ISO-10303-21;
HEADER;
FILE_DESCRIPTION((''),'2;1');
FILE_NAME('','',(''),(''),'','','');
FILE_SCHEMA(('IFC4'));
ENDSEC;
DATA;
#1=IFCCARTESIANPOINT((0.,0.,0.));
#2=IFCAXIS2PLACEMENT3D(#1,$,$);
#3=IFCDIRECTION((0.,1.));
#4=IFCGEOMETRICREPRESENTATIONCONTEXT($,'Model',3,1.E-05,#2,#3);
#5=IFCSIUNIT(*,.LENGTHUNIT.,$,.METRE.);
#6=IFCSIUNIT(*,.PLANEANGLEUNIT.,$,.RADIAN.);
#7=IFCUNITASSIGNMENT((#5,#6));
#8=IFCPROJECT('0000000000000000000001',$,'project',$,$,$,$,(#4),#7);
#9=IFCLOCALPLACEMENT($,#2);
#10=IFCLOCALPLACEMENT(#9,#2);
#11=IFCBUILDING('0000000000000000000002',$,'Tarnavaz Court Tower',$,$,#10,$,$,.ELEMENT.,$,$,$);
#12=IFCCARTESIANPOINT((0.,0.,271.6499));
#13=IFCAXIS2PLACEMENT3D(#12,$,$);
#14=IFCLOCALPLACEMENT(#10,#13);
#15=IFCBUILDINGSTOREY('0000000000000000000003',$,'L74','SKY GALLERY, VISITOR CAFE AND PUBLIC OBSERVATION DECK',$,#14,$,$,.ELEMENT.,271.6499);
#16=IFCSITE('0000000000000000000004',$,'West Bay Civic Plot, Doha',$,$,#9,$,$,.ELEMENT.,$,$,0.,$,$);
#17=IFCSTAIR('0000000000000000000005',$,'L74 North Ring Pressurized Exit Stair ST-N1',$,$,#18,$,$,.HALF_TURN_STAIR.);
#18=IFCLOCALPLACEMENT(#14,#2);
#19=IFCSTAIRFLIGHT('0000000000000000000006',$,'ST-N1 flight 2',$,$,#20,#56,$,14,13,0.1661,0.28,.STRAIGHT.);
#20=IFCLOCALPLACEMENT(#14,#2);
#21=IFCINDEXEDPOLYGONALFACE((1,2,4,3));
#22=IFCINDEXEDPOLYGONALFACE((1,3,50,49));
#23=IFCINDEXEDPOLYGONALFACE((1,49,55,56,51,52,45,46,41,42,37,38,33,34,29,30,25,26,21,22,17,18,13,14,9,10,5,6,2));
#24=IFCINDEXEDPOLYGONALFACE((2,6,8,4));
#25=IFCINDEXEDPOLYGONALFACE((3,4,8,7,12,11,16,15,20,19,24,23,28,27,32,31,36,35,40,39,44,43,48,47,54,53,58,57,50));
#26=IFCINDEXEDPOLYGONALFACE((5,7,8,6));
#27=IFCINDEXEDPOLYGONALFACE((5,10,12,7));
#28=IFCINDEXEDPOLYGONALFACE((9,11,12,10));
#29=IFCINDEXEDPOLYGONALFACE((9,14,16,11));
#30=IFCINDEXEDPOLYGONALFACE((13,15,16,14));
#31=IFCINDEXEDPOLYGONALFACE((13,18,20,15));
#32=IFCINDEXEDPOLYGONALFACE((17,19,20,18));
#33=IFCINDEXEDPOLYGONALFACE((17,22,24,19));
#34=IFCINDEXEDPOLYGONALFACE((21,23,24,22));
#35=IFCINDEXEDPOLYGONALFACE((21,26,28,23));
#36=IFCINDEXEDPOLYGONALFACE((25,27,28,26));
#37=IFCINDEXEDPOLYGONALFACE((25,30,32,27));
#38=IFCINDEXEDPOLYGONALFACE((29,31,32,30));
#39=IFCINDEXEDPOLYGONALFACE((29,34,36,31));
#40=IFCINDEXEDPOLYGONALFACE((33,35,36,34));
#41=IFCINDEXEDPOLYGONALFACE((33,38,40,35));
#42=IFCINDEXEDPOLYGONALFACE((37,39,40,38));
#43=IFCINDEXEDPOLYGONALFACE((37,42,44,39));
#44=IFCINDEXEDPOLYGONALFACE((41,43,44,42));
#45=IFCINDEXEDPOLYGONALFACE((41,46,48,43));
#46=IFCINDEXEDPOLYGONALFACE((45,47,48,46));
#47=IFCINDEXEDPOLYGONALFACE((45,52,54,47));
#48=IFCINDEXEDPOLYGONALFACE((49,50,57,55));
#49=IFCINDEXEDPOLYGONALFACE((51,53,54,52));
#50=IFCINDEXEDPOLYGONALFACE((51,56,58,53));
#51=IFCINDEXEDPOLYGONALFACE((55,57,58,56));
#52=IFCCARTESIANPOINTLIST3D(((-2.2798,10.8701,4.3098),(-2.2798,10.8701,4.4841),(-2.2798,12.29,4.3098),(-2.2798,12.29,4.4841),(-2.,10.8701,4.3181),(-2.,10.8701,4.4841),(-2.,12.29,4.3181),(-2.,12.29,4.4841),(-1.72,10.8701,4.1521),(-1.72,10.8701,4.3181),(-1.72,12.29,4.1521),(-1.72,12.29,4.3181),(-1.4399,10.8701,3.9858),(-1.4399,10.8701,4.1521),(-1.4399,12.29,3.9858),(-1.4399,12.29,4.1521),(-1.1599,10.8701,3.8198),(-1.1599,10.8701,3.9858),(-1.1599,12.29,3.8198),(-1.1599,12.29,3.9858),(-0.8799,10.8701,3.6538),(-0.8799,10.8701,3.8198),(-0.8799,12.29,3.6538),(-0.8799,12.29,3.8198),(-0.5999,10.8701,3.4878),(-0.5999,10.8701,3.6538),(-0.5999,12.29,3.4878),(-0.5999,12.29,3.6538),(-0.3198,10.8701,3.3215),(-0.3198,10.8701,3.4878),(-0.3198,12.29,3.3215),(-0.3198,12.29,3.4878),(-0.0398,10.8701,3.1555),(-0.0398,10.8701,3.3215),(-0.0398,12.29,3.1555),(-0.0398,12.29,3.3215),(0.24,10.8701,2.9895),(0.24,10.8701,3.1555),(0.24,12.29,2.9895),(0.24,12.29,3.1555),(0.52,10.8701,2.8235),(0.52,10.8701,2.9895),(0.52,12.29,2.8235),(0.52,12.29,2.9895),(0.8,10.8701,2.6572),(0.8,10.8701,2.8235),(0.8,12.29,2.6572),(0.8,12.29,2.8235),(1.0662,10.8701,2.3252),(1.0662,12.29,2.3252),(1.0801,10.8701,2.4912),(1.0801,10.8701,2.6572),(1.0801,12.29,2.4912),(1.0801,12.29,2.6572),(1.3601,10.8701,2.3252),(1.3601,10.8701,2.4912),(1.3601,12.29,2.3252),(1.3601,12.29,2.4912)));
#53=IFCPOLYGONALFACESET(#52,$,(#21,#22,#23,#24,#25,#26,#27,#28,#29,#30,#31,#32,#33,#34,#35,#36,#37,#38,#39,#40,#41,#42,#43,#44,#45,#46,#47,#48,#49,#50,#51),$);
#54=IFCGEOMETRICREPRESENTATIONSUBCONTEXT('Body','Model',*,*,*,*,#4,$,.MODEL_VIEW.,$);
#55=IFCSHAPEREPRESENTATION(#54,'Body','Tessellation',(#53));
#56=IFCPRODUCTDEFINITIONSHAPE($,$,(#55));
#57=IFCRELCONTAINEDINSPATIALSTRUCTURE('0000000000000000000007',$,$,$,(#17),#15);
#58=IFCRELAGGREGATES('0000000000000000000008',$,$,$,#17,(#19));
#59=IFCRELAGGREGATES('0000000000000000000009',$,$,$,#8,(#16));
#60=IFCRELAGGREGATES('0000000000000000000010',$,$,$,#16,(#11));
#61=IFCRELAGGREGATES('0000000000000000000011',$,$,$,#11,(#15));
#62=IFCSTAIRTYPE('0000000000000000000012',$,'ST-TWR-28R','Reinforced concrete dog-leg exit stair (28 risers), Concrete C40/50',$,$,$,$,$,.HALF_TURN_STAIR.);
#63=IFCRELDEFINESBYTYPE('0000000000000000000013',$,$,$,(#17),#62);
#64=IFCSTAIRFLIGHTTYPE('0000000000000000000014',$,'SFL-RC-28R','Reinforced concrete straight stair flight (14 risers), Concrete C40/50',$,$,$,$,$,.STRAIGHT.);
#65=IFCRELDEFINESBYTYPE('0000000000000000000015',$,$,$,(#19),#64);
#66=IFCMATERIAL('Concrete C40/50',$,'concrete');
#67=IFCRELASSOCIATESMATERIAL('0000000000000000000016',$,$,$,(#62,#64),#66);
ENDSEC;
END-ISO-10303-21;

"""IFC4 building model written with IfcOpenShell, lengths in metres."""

from ifc_helpers import new_model, si_unit, direction, frame, origin, place, context, subcontext, project, spatial, polyline, outline, extrude, material, type_object, element, aggregate, save


model = new_model("IFC4")

# Units and contexts
model_context = context("Model", 3, precision=1e-05, world=origin(), true_north=direction((0.0, 1.0)))
body_context = subcontext(model_context, "Body", "Model", "MODEL_VIEW")
ifc_project = project(units=[si_unit("LENGTHUNIT", "METRE"), si_unit("PLANEANGLEUNIT", "RADIAN")], contexts=[model_context])

# Site, building, storey
site_placement = place(None, origin())
site = spatial("IfcSite", under=ifc_project, at=site_placement, Name="West Bay Civic Plot, Doha", CompositionType="ELEMENT", RefElevation=0.0)
building_placement = place(site_placement, origin())
building = spatial("IfcBuilding", under=site, at=building_placement, Name="Tarnavaz Court Tower", CompositionType="ELEMENT")
storey_placement = place(building_placement, frame((0.0, 0.0, 271.6499)))
storey = spatial("IfcBuildingStorey", under=building, at=storey_placement, Name="L74", Description="SKY GALLERY, VISITOR CAFE AND PUBLIC OBSERVATION DECK", CompositionType="ELEMENT", Elevation=271.6499)

# Stair, stair flight
ifc_material_1 = material(Name="Concrete C40/50", Category="concrete")
stair_type = type_object("IfcStairType", Name="ST-TWR-28R", Description="Reinforced concrete dog-leg exit stair (28 risers), Concrete C40/50", PredefinedType="HALF_TURN_STAIR", material=ifc_material_1)
stair_placement = place(storey_placement, origin())
stair = element("IfcStair", 1, at=stair_placement, inside=storey, type_object=stair_type, Name="L74 North Ring Pressurized Exit Stair ST-N1", PredefinedType="HALF_TURN_STAIR")
stair_flight_type = type_object("IfcStairFlightType", Name="SFL-RC-28R", Description="Reinforced concrete straight stair flight (14 risers), Concrete C40/50", PredefinedType="STRAIGHT", material=ifc_material_1)
stair_flight_1_placement = place(storey_placement, frame((1.3601, 11.5801, 2.3252), z_axis=(0.0, 0.0, 1.0), x_axis=(-1.0, 0.0, 0.0)))
stair_flight_1 = element("IfcStairFlight", 2, at=stair_flight_1_placement, type_object=stair_flight_type, Name="ST-N1 flight 2", NumberOfRisers=14, NumberOfTreads=13, PredefinedType="STRAIGHT", RiserHeight=0.1661, TreadLength=0.28, context=body_context, shape_type="SweptSolid", body=[
    extrude(outline(polyline([(0.0, 0.0), (0.0, 0.166), (0.28, 0.166), (0.28, 0.332), (0.5601, 0.332), (0.5601, 0.4983), (0.8401, 0.4983), (0.8401, 0.6643), (1.1201, 0.6643), (1.1201, 0.8303), (1.3999, 0.8303), (1.3999, 0.9963), (1.6799, 0.9963), (1.6799, 1.1626), (1.96, 1.1626), (1.96, 1.3286), (2.24, 1.3286), (2.24, 1.4946), (2.52, 1.4946), (2.52, 1.6606), (2.8, 1.6606), (2.8, 1.8269), (3.0801, 1.8269), (3.0801, 1.9929), (3.3601, 1.9929), (3.3601, 2.1589), (3.6399, 2.1589), (3.6399, 2.325), (3.6399, 1.9846), (0.2939, 0.0), (0.0, 0.0)])), frame((0.0, 0.71, 0.0), z_axis=(0.0, -1.0, 0.0), x_axis=(1.0, 0.0, 0.0)), (0.0, 0.0, 1.0), 1.4199),
])
aggregate(stair, [stair_flight_1])

save(model, "model.ifc")
